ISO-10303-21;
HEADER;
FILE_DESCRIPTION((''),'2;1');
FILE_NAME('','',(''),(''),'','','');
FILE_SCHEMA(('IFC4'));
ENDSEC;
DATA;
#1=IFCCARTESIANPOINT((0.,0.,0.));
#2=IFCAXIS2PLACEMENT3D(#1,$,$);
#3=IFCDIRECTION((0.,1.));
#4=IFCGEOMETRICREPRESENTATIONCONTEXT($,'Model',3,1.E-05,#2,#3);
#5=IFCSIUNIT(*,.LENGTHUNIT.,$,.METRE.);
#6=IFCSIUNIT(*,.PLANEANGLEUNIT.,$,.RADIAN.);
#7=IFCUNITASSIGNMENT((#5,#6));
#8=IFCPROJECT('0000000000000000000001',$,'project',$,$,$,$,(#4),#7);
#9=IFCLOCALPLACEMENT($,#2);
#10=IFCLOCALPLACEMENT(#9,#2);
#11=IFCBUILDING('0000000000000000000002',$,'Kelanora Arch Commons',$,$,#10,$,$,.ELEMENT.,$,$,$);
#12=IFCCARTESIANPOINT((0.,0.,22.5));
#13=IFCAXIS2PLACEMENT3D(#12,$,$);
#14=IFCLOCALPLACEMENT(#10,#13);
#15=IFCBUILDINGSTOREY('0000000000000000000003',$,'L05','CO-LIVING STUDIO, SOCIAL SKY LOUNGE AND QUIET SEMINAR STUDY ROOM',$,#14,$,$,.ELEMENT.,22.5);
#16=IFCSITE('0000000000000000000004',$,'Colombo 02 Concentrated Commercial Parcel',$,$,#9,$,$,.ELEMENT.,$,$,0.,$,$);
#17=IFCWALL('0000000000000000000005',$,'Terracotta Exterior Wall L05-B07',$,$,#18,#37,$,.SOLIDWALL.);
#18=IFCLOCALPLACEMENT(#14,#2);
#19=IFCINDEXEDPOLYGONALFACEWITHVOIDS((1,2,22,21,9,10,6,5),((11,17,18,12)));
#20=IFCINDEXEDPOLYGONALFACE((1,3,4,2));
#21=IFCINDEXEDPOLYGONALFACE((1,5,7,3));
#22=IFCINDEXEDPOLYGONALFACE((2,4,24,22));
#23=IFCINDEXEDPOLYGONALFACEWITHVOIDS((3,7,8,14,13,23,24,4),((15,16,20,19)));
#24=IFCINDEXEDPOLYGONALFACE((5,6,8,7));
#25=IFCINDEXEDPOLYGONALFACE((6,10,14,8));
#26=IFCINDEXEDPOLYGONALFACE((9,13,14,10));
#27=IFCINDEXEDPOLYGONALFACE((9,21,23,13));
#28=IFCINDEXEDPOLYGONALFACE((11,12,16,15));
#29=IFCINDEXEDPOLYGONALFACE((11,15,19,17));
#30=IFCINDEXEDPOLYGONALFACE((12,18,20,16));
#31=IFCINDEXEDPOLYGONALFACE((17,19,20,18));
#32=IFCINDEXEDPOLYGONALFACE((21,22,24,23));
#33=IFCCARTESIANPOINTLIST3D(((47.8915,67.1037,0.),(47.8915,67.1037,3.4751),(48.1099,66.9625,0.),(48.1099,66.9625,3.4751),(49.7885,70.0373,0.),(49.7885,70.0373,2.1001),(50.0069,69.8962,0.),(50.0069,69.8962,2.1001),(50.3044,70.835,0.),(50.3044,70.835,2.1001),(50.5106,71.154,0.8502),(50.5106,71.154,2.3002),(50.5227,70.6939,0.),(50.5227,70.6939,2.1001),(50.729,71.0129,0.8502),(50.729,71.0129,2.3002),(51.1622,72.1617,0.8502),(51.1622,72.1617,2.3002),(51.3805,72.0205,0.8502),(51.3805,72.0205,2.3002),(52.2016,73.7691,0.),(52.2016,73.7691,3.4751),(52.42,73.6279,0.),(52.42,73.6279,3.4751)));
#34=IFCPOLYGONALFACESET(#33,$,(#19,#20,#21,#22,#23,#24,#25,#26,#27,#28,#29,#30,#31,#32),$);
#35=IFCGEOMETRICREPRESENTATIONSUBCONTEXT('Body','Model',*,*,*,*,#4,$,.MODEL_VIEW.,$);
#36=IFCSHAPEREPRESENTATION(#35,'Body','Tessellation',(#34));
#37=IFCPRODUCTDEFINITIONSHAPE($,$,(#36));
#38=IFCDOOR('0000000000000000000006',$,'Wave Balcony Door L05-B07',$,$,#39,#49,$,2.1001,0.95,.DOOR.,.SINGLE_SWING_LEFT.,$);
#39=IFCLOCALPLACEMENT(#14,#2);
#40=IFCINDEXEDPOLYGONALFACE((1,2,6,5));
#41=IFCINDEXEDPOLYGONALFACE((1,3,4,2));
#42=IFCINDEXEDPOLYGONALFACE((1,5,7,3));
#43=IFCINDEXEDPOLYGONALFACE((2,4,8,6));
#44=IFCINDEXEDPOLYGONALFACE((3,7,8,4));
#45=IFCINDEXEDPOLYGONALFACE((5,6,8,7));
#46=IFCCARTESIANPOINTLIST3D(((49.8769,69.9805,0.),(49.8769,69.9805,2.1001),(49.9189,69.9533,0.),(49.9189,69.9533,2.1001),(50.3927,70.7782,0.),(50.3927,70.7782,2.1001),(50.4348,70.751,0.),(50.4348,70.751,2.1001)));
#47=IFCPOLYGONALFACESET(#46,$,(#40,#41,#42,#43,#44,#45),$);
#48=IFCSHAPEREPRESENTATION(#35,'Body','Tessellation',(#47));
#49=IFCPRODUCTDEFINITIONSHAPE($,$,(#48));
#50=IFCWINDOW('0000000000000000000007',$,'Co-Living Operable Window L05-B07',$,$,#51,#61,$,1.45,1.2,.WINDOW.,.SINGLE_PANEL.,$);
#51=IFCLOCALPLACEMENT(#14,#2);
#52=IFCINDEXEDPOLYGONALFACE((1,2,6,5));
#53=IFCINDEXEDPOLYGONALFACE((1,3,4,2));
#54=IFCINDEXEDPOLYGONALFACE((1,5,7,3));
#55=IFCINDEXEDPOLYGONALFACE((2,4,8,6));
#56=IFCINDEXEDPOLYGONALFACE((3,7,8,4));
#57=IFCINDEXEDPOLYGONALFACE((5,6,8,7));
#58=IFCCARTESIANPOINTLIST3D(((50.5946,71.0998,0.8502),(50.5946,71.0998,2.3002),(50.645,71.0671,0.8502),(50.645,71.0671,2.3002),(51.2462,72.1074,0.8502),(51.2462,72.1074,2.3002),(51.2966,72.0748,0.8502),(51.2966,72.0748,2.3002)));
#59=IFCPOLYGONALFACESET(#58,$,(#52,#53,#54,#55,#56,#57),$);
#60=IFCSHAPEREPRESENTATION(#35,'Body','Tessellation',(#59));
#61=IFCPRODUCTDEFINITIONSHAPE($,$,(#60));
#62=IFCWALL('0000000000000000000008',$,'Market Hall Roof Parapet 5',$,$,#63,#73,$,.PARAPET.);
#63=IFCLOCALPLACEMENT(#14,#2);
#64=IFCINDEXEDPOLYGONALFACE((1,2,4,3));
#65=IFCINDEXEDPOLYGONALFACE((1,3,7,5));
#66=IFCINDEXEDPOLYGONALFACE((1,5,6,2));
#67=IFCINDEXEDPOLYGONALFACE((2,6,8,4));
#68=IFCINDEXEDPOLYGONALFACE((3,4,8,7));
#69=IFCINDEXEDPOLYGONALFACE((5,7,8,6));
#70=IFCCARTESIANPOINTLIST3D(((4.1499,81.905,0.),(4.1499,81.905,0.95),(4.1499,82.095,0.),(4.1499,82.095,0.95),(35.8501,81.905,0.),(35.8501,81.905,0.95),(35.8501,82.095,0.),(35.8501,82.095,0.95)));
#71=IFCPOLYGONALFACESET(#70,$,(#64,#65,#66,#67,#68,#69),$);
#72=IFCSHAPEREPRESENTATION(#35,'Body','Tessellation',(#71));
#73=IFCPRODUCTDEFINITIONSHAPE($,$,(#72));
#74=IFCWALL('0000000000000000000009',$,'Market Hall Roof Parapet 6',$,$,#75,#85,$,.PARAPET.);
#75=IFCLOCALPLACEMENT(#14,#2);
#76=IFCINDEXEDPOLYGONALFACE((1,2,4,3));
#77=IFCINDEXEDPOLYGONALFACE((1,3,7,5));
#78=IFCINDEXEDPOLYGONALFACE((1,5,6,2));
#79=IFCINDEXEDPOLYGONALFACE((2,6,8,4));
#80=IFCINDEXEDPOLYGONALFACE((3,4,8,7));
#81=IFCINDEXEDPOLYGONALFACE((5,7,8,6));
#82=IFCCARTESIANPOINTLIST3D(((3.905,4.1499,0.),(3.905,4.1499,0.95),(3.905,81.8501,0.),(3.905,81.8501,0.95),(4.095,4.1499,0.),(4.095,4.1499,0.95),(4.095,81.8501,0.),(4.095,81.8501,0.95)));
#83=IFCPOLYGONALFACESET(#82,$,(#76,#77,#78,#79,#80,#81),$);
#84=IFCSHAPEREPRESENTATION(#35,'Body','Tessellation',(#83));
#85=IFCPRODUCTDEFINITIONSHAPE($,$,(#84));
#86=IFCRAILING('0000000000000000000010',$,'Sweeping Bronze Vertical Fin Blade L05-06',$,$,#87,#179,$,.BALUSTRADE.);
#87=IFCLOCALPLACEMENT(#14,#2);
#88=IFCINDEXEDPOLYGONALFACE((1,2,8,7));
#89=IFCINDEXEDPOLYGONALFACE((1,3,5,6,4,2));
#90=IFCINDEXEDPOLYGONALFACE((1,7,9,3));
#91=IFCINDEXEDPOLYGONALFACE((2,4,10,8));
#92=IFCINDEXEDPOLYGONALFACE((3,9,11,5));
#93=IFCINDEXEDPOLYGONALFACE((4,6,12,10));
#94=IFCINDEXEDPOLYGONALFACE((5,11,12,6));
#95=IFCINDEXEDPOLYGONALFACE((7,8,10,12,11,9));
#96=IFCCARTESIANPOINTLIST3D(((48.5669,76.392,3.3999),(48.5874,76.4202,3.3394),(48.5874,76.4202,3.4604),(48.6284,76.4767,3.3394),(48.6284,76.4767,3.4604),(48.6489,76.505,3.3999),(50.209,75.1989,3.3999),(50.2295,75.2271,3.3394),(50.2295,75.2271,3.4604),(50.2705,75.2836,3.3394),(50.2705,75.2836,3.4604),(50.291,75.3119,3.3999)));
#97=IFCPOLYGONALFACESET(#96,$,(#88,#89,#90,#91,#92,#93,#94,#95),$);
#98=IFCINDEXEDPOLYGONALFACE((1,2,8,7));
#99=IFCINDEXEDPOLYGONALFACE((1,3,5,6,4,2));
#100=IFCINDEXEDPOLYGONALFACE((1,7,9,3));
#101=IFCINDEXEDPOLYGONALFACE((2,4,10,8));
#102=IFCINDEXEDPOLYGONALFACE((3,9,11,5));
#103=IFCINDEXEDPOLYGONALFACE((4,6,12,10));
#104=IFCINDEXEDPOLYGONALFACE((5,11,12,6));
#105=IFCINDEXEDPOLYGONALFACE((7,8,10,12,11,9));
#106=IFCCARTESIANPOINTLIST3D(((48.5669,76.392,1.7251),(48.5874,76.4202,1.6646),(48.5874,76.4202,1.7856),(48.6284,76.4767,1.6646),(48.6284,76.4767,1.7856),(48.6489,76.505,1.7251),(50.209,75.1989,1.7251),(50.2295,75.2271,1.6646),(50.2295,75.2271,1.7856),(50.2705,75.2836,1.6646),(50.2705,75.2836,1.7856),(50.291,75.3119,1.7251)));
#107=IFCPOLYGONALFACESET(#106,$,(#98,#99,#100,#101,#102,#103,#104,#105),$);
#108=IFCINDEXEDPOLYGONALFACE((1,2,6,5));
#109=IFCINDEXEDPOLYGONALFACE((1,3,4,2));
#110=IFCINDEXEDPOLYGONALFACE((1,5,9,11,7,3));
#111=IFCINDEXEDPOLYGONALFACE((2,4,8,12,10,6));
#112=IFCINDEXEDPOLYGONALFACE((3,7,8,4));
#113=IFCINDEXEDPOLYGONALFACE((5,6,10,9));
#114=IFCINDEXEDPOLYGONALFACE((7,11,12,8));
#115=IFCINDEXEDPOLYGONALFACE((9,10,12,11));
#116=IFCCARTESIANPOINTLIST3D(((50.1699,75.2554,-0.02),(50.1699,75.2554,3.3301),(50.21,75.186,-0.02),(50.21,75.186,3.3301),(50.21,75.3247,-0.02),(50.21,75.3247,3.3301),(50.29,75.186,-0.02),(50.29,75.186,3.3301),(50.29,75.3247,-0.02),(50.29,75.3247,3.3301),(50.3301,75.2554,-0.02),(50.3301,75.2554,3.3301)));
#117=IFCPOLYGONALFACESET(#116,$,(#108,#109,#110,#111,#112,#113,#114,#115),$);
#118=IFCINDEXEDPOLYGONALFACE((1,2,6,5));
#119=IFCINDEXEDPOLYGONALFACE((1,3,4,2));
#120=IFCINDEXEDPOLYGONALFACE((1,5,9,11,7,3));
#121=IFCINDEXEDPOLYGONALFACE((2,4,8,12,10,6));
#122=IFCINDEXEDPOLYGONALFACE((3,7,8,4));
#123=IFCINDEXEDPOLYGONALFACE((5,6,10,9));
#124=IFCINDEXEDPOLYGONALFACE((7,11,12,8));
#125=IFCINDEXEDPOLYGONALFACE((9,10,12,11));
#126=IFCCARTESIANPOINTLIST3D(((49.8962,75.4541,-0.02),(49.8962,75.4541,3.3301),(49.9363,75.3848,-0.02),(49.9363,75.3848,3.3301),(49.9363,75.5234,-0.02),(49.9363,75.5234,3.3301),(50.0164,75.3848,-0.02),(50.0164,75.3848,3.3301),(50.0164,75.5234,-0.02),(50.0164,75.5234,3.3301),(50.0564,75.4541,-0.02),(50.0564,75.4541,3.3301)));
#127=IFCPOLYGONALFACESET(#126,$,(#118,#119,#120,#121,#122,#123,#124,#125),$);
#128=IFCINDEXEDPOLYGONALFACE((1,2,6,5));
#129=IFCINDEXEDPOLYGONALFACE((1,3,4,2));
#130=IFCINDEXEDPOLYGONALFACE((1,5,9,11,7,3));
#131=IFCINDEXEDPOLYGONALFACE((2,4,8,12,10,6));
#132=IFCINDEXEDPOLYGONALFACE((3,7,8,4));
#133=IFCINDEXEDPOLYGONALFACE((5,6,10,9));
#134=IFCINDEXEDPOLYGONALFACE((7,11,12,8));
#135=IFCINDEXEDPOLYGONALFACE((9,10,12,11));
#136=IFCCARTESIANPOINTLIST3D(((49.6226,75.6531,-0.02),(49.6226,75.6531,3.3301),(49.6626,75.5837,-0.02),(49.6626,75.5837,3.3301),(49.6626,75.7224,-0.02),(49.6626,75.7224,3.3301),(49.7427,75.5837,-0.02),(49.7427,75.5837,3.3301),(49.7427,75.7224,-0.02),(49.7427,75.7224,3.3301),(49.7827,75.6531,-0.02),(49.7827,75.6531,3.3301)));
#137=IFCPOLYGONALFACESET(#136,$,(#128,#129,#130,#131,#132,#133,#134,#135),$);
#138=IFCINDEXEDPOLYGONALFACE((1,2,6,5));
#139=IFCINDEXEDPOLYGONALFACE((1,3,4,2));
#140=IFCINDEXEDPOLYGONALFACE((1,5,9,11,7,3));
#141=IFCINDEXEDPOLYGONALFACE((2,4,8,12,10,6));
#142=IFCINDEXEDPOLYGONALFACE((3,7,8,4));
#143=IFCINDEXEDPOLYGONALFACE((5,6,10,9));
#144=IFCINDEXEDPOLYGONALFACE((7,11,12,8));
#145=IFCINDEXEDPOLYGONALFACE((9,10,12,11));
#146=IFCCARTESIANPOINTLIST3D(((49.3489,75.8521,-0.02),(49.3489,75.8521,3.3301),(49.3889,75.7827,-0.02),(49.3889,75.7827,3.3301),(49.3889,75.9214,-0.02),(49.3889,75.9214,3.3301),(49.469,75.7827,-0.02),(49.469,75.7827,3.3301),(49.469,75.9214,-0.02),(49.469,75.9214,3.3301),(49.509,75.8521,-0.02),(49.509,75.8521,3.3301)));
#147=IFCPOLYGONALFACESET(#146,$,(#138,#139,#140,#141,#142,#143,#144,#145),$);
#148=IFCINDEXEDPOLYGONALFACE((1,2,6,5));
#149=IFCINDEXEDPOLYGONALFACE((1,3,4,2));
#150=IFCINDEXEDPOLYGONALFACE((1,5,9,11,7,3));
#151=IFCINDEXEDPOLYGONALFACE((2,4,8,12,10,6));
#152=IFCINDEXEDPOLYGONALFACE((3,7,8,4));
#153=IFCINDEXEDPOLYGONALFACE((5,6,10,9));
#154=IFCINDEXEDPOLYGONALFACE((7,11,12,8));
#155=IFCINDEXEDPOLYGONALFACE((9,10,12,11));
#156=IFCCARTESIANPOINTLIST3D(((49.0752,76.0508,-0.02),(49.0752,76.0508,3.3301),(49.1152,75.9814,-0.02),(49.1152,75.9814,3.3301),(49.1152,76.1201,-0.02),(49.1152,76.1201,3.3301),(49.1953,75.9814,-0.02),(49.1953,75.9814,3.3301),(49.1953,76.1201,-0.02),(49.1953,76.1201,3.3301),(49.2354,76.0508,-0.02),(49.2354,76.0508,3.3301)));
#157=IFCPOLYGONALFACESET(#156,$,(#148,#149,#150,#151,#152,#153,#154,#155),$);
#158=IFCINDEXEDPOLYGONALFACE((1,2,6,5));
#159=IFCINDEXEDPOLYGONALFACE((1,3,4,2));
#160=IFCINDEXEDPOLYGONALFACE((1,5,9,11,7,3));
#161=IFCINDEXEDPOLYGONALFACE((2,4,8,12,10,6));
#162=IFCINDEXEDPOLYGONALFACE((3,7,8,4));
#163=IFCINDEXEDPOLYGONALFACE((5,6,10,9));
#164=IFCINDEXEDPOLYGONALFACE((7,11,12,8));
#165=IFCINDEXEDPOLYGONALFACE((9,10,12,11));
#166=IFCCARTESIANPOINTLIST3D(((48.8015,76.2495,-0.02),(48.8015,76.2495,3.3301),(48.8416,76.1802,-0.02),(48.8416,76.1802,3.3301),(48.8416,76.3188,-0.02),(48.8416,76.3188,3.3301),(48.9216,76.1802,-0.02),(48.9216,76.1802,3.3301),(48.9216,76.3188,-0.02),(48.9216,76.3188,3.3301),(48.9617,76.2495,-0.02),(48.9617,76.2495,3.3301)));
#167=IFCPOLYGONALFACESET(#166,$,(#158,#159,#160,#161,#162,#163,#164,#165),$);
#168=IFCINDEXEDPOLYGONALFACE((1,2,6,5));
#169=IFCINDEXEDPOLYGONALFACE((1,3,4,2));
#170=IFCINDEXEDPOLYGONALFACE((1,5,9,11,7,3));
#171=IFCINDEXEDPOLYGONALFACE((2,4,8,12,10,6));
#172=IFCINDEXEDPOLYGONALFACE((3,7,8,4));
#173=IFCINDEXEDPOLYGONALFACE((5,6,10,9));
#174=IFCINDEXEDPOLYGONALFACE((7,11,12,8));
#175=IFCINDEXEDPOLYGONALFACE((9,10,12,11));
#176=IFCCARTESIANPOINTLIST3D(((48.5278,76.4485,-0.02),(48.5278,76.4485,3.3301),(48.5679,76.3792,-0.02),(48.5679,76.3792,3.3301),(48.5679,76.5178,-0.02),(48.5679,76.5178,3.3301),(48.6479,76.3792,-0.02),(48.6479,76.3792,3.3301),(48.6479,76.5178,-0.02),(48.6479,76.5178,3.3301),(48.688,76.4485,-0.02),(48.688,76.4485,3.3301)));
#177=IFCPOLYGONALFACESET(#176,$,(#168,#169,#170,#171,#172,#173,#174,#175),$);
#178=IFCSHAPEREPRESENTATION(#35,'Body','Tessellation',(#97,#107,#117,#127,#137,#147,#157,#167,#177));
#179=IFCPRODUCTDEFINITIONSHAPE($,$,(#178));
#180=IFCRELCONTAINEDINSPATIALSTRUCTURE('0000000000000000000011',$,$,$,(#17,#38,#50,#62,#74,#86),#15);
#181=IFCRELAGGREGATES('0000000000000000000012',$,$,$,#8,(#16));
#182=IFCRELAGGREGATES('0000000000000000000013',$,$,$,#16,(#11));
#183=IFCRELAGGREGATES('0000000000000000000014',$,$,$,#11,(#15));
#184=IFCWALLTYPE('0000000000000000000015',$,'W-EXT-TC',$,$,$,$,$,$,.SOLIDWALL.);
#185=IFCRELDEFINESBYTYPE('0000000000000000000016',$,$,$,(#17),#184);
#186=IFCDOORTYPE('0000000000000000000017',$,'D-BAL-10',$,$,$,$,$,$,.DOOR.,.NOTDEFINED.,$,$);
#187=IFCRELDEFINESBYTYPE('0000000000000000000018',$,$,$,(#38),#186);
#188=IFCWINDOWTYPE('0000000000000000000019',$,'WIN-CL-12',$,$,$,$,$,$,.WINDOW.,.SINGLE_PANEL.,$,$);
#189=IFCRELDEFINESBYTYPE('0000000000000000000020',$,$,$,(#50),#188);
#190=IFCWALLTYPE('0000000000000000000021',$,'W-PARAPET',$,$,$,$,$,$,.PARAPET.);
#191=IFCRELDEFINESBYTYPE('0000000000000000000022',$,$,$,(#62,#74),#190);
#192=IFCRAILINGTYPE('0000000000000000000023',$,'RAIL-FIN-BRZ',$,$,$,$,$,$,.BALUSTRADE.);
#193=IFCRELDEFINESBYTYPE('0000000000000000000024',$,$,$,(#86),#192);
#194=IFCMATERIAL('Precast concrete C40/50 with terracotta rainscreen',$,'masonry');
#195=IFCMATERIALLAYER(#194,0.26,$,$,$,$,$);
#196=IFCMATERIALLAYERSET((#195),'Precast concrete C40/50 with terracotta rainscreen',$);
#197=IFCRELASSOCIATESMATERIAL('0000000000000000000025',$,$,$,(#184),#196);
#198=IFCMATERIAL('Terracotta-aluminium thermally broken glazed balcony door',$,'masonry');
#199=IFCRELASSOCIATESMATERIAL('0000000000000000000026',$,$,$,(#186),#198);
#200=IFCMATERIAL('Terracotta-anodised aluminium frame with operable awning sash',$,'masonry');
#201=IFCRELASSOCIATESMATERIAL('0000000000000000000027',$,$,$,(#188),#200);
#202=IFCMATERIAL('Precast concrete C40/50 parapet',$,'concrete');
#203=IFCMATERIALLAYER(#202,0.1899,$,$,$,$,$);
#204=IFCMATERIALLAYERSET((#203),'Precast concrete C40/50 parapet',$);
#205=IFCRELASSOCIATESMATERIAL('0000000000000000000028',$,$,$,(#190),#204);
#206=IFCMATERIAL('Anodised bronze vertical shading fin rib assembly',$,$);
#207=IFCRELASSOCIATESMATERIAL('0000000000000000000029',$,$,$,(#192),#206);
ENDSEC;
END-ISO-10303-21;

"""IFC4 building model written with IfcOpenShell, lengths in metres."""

from ifc_helpers import new_model, si_unit, direction, frame, frame_2d, origin, place, context, subcontext, project, spatial, polyline, rectangle, outline, extrude, material, layer, layer_set, type_object, element, fill, save


model = new_model("IFC4")

# Units and contexts
model_context = context("Model", 3, precision=1e-05, world=origin(), true_north=direction((0.0, 1.0)))
body_context = subcontext(model_context, "Body", "Model", "MODEL_VIEW")
ifc_project = project(units=[si_unit("LENGTHUNIT", "METRE"), si_unit("PLANEANGLEUNIT", "RADIAN")], contexts=[model_context])

# Site, building, storey
site_placement = place(None, origin())
site = spatial("IfcSite", under=ifc_project, at=site_placement, Name="Colombo 02 Concentrated Commercial Parcel", CompositionType="ELEMENT", RefElevation=0.0)
building_placement = place(site_placement, origin())
building = spatial("IfcBuilding", under=site, at=building_placement, Name="Kelanora Arch Commons", CompositionType="ELEMENT")
storey_placement = place(building_placement, frame((0.0, 0.0, 22.5)))
storey = spatial("IfcBuildingStorey", under=building, at=storey_placement, Name="L05", Description="CO-LIVING STUDIO, SOCIAL SKY LOUNGE AND QUIET SEMINAR STUDY ROOM", CompositionType="ELEMENT", Elevation=22.5)

# Wall, openings, door, window
ifc_material_1 = material(Name="Precast concrete C40/50 with terracotta rainscreen", Category="masonry")
ifc_layer_1 = layer(ifc_material_1, 0.26)
ifc_layer_set_1 = layer_set([ifc_layer_1], Name="Precast concrete C40/50 with terracotta rainscreen")
wall_type_1 = type_object("IfcWallType", Name="W-EXT-TC", PredefinedType="SOLIDWALL", material=ifc_layer_set_1)
wall_1_placement = place(storey_placement, frame((52.3108, 73.6985, 0.0), z_axis=(0.0, 0.0, 1.0), x_axis=(-0.543005, -0.839729, 0.0)))
wall_1 = element("IfcWall", 1, at=wall_1_placement, inside=storey, type_object=wall_type_1, Name="Terracotta Exterior Wall L05-B07", PredefinedType="SOLIDWALL", context=body_context, shape_type="SweptSolid", body=[
    extrude(rectangle(XDim=7.9375, YDim=0.26, at=frame_2d((3.9688, 0.0))), origin(), (0.0, 0.0, 1.0), 3.4751),
])
opening_1_placement = place(wall_1_placement, frame((3.4939, 0.0, 0.0)))
opening_1 = element("IfcOpeningElement", 2, at=opening_1_placement, cuts=wall_1, PredefinedType="OPENING", context=body_context, shape_type="SweptSolid", body=[
    extrude(rectangle(XDim=0.95, YDim=2.1001, at=frame_2d((0.4751, 1.05))), frame((0.0, 0.1401, 0.0), z_axis=(0.0, -1.0, 0.0), x_axis=(1.0, 0.0, 0.0)), (0.0, 0.0, 1.0), 0.28),
])
opening_2_placement = place(wall_1_placement, frame((1.9141, 0.0, 0.8501)))
opening_2 = element("IfcOpeningElement", 3, at=opening_2_placement, cuts=wall_1, PredefinedType="OPENING", context=body_context, shape_type="SweptSolid", body=[
    extrude(rectangle(XDim=1.2, YDim=1.45, at=frame_2d((0.6001, 0.7251))), frame((0.0, 0.1401, 0.0), z_axis=(0.0, -1.0, 0.0), x_axis=(1.0, 0.0, 0.0)), (0.0, 0.0, 1.0), 0.28),
])
ifc_material_2 = material(Name="Terracotta-aluminium thermally broken glazed balcony door", Category="masonry")
door_type = type_object("IfcDoorType", Name="D-BAL-10", OperationType="NOTDEFINED", PredefinedType="DOOR", material=ifc_material_2)
door_placement = place(opening_1_placement, frame((0.95, 0.0, 0.0), z_axis=(0.0, 0.0, 1.0), x_axis=(-1.0, 0.0, 0.0)))
door = element("IfcDoor", 4, at=door_placement, inside=storey, type_object=door_type, Name="Wave Balcony Door L05-B07", OperationType="SINGLE_SWING_LEFT", OverallHeight=2.1001, OverallWidth=0.95, PredefinedType="DOOR", context=body_context, shape_type="SweptSolid", body=[
    extrude(rectangle(XDim=0.95, YDim=2.1001, at=frame_2d((0.4751, 1.05))), frame((0.0, 0.0249, 0.0), z_axis=(0.0, -1.0, 0.0), x_axis=(1.0, 0.0, 0.0)), (0.0, 0.0, 1.0), 0.05),
])
fill(opening_1, door)
ifc_material_3 = material(Name="Terracotta-anodised aluminium frame with operable awning sash", Category="masonry")
window_type = type_object("IfcWindowType", Name="WIN-CL-12", PartitioningType="SINGLE_PANEL", PredefinedType="WINDOW", material=ifc_material_3)
window_placement = place(opening_2_placement, origin())
window = element("IfcWindow", 5, at=window_placement, inside=storey, type_object=window_type, Name="Co-Living Operable Window L05-B07", OverallHeight=1.45, OverallWidth=1.2, PartitioningType="SINGLE_PANEL", PredefinedType="WINDOW", context=body_context, shape_type="SweptSolid", body=[
    extrude(rectangle(XDim=1.2, YDim=1.45, at=frame_2d((0.6001, 0.7251))), frame((0.0, 0.03, 0.0), z_axis=(0.0, -1.0, 0.0), x_axis=(1.0, 0.0, 0.0)), (0.0, 0.0, 1.0), 0.0601),
])
fill(opening_2, window)

# Walls
ifc_material_4 = material(Name="Precast concrete C40/50 parapet", Category="concrete")
ifc_layer_2 = layer(ifc_material_4, 0.1899)
ifc_layer_set_2 = layer_set([ifc_layer_2], Name="Precast concrete C40/50 parapet")
wall_type_2 = type_object("IfcWallType", Name="W-PARAPET", PredefinedType="PARAPET", material=ifc_layer_set_2)
wall_2_placement = place(storey_placement, frame((35.8501, 82.0, 0.0), z_axis=(0.0, 0.0, 1.0), x_axis=(-1.0, 0.0, 0.0)))
element("IfcWall", 6, at=wall_2_placement, inside=storey, type_object=wall_type_2, Name="Market Hall Roof Parapet 5", PredefinedType="PARAPET", context=body_context, shape_type="SweptSolid", body=[
    extrude(rectangle(XDim=31.7002, YDim=0.1899, at=frame_2d((15.8501, 0.0))), origin(), (0.0, 0.0, 1.0), 0.95),
])
wall_3_placement = place(storey_placement, frame((4.0, 81.8501, 0.0), z_axis=(0.0, 0.0, 1.0), x_axis=(0.0, -1.0, 0.0)))
element("IfcWall", 7, at=wall_3_placement, inside=storey, type_object=wall_type_2, Name="Market Hall Roof Parapet 6", PredefinedType="PARAPET", context=body_context, shape_type="SweptSolid", body=[
    extrude(rectangle(XDim=77.7002, YDim=0.1899, at=frame_2d((38.8501, 0.0))), origin(), (0.0, 0.0, 1.0), 0.95),
])

# Railing
ifc_material_5 = material(Name="Anodised bronze vertical shading fin rib assembly")
railing_type = type_object("IfcRailingType", Name="RAIL-FIN-BRZ", PredefinedType="BALUSTRADE", material=ifc_material_5)
railing_1_placement = place(storey_placement, frame((50.25, 75.2554, -0.02)))
element("IfcRailing", 8, at=railing_1_placement, inside=storey, type_object=railing_type, Name="Sweeping Bronze Vertical Fin Blade L05-06", PredefinedType="BALUSTRADE", context=body_context, shape_type="SweptSolid", body=[
    extrude(outline(polyline([(0.0698, 0.0), (0.0349, 0.0605), (-0.0349, 0.0605), (-0.0698, 0.0), (-0.0349, -0.0605), (0.0349, -0.0605), (0.0698, 0.0)])), frame((0.0, 0.0, 3.4199), z_axis=(-0.809001, 0.587807, 0.0), x_axis=(-0.587807, -0.809001, 0.0)), (0.0, 0.0, 1.0), 2.0298),
    extrude(outline(polyline([(0.0698, 0.0), (0.0349, 0.0605), (-0.0349, 0.0605), (-0.0698, 0.0), (-0.0349, -0.0605), (0.0349, -0.0605), (0.0698, 0.0)])), frame((0.0, 0.0, 1.7451), z_axis=(-0.809001, 0.587807, 0.0), x_axis=(-0.587807, -0.809001, 0.0)), (0.0, 0.0, 1.0), 2.0298),
    extrude(outline(polyline([(0.0801, 0.0), (0.04, 0.0693), (-0.04, 0.0693), (-0.0801, 0.0), (-0.04, -0.0693), (0.04, -0.0693), (0.0801, 0.0)])), origin(), (0.0, 0.0, 1.0), 3.3501),
    extrude(outline(polyline([(0.0801, 0.0), (0.04, 0.0693), (-0.04, 0.0693), (-0.0801, 0.0), (-0.04, -0.0693), (0.04, -0.0693), (0.0801, 0.0)])), frame((-0.2737, 0.1987, 0.0)), (0.0, 0.0, 1.0), 3.3501),
    extrude(outline(polyline([(0.0801, 0.0), (0.04, 0.0693), (-0.04, 0.0693), (-0.0801, 0.0), (-0.04, -0.0693), (0.04, -0.0693), (0.0801, 0.0)])), frame((-0.5474, 0.3977, 0.0)), (0.0, 0.0, 1.0), 3.3501),
    extrude(outline(polyline([(0.0801, 0.0), (0.04, 0.0693), (-0.04, 0.0693), (-0.0801, 0.0), (-0.04, -0.0693), (0.04, -0.0693), (0.0801, 0.0)])), frame((-0.821, 0.5967, 0.0)), (0.0, 0.0, 1.0), 3.3501),
    extrude(outline(polyline([(0.0801, 0.0), (0.04, 0.0693), (-0.04, 0.0693), (-0.0801, 0.0), (-0.04, -0.0693), (0.04, -0.0693), (0.0801, 0.0)])), frame((-1.0947, 0.7954, 0.0)), (0.0, 0.0, 1.0), 3.3501),
    extrude(outline(polyline([(0.0801, 0.0), (0.04, 0.0693), (-0.04, 0.0693), (-0.0801, 0.0), (-0.04, -0.0693), (0.04, -0.0693), (0.0801, 0.0)])), frame((-1.3684, 0.9941, 0.0)), (0.0, 0.0, 1.0), 3.3501),
    extrude(outline(polyline([(0.0801, 0.0), (0.04, 0.0693), (-0.04, 0.0693), (-0.0801, 0.0), (-0.04, -0.0693), (0.04, -0.0693), (0.0801, 0.0)])), frame((-1.6421, 1.1931, 0.0)), (0.0, 0.0, 1.0), 3.3501),
])

save(model, "model.ifc")
